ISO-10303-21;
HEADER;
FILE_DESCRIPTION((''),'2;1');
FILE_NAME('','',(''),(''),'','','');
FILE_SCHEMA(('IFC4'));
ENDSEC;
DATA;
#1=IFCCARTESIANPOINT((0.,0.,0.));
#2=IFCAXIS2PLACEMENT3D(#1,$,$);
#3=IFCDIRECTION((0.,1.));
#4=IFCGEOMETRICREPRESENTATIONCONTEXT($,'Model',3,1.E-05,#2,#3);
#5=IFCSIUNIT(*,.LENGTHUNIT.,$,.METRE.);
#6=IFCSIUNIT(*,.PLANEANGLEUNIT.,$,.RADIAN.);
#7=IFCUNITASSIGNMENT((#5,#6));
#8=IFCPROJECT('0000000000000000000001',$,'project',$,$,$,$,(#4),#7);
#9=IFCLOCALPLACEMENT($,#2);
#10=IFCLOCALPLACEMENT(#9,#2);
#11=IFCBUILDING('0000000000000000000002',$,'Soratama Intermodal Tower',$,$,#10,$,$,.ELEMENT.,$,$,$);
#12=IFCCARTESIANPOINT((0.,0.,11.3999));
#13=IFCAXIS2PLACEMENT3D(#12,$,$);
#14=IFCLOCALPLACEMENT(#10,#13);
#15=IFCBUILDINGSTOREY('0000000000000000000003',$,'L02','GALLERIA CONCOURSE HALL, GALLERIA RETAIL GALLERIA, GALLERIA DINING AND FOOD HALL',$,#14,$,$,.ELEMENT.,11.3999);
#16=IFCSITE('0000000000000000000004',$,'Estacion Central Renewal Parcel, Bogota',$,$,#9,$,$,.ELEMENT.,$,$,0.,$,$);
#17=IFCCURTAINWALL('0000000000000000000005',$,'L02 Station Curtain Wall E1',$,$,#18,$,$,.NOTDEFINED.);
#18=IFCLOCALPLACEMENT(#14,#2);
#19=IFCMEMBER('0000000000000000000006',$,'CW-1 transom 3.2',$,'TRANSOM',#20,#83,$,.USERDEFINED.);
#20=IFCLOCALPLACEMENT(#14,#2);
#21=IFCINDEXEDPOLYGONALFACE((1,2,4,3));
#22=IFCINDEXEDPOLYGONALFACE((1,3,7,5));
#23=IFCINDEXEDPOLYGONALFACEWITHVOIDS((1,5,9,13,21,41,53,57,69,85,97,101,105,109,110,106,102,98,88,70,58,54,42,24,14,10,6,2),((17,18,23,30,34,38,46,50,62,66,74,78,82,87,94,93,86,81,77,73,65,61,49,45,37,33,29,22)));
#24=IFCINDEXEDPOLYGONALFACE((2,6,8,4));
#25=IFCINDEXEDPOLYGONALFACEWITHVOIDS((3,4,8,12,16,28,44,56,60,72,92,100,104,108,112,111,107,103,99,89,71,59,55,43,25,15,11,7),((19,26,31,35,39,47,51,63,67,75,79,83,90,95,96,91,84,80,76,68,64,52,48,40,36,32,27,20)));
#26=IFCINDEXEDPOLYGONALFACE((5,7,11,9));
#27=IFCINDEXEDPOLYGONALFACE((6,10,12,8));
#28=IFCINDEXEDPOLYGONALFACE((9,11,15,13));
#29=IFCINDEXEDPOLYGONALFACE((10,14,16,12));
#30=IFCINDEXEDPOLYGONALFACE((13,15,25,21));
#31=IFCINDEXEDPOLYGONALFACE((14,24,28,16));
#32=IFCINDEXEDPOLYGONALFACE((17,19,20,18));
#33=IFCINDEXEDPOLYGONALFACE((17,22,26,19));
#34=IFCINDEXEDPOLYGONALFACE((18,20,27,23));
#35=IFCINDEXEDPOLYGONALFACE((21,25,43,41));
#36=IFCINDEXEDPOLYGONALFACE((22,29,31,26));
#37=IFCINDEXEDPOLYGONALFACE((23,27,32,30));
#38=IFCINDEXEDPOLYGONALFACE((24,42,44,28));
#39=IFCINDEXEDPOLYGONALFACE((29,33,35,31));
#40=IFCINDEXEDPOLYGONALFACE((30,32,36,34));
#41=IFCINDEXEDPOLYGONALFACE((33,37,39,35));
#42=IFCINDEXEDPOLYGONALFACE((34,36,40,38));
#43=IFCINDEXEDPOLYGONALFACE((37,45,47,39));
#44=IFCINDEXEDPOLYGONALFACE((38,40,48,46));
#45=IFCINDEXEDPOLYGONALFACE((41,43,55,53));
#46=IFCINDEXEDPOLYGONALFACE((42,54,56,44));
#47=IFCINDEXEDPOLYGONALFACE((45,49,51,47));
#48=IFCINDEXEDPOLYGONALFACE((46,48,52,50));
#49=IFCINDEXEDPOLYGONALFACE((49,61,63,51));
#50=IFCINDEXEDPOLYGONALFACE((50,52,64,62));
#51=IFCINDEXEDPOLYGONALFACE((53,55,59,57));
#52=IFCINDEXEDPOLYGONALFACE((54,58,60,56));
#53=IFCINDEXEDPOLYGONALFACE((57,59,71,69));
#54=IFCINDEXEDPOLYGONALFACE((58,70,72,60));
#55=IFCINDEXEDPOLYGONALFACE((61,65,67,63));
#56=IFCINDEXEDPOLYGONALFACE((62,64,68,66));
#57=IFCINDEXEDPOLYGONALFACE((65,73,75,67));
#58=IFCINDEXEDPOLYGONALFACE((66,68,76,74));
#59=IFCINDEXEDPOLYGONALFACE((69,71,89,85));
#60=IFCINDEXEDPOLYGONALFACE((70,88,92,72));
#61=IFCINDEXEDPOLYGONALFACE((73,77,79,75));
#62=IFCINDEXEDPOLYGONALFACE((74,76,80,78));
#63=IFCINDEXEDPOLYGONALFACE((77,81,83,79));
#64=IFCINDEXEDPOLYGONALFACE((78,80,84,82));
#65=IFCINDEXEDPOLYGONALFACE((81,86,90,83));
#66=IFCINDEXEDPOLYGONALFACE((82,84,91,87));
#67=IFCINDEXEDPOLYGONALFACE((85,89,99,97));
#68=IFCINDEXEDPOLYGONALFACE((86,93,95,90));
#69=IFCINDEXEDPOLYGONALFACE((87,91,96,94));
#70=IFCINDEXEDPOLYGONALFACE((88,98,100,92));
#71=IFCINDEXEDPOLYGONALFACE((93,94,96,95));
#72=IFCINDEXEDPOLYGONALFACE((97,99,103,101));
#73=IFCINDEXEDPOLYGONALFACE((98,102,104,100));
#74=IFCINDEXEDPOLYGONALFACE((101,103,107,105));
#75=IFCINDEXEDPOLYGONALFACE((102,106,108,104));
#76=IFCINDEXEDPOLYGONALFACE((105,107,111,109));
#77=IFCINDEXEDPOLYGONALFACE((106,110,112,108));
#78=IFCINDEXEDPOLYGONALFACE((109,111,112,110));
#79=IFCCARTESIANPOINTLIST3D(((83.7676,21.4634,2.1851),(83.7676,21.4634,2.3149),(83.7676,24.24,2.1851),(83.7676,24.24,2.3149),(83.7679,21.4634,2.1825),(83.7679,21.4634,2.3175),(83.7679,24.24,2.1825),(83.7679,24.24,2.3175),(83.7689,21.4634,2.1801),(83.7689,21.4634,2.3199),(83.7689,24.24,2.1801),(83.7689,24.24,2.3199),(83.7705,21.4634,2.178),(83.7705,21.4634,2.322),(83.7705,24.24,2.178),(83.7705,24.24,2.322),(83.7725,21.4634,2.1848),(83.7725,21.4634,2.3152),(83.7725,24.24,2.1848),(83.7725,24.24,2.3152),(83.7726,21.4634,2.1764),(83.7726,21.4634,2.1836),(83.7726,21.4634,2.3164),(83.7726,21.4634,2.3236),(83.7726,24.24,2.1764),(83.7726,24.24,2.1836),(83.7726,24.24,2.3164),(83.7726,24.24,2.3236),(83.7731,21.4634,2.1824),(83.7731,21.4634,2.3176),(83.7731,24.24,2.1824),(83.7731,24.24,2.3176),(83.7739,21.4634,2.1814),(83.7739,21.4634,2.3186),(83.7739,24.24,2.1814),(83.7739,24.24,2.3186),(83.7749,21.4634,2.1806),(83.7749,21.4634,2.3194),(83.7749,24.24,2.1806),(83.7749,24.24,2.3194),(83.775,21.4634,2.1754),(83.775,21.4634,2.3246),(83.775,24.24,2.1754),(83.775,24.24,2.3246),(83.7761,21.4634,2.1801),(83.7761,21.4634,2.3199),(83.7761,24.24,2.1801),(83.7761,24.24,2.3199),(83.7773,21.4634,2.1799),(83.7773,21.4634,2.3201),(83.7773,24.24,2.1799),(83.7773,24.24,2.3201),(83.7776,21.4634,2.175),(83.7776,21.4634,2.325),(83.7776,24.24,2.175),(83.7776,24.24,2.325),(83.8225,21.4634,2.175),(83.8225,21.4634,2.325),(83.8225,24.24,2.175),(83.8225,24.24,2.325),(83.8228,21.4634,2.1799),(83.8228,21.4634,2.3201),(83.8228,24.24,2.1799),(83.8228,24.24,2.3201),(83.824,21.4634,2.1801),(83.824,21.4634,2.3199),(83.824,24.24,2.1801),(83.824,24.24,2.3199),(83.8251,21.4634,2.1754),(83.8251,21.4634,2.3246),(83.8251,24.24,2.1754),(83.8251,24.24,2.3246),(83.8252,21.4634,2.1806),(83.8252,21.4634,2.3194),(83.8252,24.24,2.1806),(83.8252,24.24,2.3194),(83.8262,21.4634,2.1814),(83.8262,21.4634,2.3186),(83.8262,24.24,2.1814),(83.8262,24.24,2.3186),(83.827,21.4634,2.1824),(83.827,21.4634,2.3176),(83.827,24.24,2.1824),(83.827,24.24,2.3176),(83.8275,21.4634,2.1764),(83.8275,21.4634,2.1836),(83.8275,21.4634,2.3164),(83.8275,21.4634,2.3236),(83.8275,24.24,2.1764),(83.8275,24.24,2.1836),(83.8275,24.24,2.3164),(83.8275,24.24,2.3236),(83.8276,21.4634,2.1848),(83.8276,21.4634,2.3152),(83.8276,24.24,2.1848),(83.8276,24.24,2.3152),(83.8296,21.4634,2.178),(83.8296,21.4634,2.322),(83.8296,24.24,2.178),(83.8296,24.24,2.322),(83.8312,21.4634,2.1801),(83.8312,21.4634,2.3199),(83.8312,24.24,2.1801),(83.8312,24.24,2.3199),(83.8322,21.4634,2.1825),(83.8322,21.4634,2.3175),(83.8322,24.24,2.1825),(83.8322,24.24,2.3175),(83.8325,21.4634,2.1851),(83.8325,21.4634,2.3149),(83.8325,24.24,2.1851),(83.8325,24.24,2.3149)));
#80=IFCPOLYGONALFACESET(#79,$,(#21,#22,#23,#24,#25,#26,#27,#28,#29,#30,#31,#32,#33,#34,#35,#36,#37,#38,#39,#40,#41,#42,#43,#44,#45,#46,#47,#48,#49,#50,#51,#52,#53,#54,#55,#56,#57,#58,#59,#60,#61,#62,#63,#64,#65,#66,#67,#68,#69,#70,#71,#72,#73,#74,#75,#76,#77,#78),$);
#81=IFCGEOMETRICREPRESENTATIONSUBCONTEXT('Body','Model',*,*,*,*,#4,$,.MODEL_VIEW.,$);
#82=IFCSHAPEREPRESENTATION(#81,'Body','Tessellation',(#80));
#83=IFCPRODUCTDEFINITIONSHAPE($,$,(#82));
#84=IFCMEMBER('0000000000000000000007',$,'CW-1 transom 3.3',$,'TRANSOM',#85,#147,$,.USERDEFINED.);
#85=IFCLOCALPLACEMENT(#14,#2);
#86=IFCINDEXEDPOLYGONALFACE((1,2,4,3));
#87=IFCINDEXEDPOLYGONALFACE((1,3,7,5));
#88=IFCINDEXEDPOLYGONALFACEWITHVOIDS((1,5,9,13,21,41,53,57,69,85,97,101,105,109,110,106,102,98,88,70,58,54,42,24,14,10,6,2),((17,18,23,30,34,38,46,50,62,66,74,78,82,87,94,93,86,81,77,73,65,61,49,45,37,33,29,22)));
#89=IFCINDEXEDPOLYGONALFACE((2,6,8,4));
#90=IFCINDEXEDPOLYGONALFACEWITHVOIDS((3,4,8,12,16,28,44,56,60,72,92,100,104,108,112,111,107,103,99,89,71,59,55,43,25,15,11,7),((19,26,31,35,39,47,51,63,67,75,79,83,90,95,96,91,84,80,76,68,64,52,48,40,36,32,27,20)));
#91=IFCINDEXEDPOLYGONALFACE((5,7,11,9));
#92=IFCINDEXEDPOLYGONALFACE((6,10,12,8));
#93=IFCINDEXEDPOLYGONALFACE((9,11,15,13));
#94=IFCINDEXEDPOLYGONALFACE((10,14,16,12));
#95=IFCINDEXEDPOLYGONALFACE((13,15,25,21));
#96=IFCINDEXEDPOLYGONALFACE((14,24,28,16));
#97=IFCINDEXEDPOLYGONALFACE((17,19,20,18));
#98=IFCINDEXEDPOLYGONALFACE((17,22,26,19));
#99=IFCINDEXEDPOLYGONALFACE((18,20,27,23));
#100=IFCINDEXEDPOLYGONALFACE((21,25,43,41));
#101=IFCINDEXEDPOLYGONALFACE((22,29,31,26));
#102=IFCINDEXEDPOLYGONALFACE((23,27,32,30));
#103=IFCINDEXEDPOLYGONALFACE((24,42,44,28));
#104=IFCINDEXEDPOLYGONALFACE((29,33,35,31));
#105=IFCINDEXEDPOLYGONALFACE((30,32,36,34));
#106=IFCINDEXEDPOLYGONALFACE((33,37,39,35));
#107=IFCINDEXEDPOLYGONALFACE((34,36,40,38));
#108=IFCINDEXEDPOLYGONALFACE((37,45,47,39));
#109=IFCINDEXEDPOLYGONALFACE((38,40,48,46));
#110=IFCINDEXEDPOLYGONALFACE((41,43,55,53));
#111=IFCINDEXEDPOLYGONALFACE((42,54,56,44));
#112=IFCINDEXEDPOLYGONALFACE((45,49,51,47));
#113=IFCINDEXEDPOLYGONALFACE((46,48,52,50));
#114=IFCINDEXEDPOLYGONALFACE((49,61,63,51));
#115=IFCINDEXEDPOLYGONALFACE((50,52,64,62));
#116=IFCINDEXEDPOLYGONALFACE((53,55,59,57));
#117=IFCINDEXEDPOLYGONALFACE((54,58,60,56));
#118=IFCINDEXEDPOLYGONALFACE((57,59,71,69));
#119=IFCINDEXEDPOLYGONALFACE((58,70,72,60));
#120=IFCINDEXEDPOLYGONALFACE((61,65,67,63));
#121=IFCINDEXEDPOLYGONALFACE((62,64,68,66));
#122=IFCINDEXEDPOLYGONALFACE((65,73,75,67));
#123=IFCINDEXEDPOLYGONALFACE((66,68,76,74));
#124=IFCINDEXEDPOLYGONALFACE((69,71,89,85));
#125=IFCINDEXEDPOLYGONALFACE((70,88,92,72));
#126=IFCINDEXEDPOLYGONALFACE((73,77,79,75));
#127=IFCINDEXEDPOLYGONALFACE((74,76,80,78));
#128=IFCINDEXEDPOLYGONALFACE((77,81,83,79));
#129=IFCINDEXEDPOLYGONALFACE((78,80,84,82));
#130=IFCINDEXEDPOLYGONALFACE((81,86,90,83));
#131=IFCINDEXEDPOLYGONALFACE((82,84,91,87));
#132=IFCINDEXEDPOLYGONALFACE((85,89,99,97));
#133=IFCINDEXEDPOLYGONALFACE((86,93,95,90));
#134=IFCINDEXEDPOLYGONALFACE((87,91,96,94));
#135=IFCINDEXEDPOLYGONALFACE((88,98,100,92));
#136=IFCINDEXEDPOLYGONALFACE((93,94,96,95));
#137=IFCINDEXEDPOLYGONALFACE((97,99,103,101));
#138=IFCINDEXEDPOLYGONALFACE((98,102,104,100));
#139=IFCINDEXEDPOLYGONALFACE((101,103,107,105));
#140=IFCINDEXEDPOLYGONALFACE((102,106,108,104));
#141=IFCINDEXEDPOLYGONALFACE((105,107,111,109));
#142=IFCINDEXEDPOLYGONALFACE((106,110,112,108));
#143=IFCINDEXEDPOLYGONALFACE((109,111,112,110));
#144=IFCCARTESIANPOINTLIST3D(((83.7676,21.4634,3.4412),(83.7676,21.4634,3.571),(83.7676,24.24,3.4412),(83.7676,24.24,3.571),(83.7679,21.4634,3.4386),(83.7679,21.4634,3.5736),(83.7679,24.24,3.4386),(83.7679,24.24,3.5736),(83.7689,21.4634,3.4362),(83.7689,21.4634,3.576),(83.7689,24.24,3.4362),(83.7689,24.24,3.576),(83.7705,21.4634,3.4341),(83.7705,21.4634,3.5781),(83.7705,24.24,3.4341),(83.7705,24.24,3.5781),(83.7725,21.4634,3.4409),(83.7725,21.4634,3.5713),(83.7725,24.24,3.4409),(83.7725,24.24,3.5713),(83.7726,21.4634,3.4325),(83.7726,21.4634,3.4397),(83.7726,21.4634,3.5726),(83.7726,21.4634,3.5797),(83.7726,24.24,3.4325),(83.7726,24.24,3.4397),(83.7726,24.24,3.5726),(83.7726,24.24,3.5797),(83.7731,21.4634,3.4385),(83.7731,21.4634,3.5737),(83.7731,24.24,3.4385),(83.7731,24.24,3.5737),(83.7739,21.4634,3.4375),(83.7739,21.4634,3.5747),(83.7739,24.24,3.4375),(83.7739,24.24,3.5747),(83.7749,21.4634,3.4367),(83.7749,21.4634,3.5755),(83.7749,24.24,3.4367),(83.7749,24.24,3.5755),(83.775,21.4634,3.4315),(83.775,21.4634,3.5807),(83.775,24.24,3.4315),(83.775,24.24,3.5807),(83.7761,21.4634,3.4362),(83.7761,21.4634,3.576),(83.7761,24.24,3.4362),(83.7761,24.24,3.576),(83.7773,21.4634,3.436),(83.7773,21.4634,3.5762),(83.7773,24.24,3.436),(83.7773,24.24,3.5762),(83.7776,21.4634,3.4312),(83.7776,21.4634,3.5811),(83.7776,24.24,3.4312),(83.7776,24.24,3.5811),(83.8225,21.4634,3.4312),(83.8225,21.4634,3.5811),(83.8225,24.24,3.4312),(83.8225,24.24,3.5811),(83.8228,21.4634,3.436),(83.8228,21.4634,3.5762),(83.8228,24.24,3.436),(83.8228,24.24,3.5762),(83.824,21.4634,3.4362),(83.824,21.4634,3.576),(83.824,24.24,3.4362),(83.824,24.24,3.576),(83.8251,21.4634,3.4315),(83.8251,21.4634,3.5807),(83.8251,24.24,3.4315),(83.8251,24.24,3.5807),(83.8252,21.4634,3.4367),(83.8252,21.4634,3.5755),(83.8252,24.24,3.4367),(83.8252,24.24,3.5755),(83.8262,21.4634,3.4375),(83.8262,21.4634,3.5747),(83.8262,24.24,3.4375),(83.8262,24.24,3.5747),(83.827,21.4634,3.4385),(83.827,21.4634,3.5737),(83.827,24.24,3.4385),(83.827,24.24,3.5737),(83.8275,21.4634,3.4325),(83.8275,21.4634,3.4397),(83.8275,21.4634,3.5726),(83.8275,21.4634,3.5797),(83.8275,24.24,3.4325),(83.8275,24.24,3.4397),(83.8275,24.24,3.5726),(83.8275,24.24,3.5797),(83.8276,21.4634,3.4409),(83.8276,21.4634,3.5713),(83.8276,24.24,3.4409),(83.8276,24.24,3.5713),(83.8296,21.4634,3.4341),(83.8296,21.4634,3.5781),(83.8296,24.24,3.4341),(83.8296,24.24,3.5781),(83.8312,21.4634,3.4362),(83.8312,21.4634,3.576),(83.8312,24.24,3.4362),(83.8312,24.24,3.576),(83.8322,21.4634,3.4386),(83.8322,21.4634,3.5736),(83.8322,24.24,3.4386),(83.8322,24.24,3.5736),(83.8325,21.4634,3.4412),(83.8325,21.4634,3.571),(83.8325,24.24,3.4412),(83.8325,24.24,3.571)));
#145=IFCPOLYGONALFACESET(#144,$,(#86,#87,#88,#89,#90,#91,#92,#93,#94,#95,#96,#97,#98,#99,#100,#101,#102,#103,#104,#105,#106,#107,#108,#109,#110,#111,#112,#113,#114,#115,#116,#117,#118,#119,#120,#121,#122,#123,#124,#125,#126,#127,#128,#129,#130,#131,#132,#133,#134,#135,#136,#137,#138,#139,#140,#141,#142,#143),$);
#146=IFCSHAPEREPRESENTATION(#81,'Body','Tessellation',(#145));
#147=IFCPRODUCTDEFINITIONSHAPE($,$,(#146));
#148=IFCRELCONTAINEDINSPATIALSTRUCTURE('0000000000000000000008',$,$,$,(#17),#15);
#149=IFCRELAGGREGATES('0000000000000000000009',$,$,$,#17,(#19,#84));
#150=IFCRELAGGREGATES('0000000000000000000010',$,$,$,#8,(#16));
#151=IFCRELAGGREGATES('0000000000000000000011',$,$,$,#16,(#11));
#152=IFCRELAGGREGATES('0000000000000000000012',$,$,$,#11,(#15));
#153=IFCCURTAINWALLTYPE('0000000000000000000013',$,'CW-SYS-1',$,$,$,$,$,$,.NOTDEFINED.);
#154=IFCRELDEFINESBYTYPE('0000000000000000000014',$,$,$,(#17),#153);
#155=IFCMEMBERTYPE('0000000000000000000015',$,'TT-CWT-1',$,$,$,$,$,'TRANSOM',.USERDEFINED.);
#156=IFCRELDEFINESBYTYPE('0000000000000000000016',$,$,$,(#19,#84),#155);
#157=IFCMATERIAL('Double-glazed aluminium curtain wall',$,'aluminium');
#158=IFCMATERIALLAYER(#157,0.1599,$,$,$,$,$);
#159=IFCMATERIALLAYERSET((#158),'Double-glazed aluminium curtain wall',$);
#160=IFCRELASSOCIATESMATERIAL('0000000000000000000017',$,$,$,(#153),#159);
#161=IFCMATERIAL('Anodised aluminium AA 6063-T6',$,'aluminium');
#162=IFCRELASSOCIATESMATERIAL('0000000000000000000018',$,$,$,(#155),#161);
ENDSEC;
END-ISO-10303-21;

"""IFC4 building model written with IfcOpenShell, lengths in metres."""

from ifc_helpers import new_model, si_unit, direction, frame, origin, origin_2d, place, context, subcontext, project, spatial, hollow_rectangle, extrude, material, layer, layer_set, material_profile, profile_set, type_object, element, aggregate, save


model = new_model("IFC4")

# Units and contexts
model_context = context("Model", 3, precision=1e-05, world=origin(), true_north=direction((0.0, 1.0)))
body_context = subcontext(model_context, "Body", "Model", "MODEL_VIEW")
ifc_project = project(units=[si_unit("LENGTHUNIT", "METRE"), si_unit("PLANEANGLEUNIT", "RADIAN")], contexts=[model_context])

# Site, building, storey
site_placement = place(None, origin())
site = spatial("IfcSite", under=ifc_project, at=site_placement, Name="Estacion Central Renewal Parcel, Bogota", CompositionType="ELEMENT", RefElevation=0.0)
building_placement = place(site_placement, origin())
building = spatial("IfcBuilding", under=site, at=building_placement, Name="Soratama Intermodal Tower", CompositionType="ELEMENT")
storey_placement = place(building_placement, frame((0.0, 0.0, 11.3999)))
storey = spatial("IfcBuildingStorey", under=building, at=storey_placement, Name="L02", Description="GALLERIA CONCOURSE HALL, GALLERIA RETAIL GALLERIA, GALLERIA DINING AND FOOD HALL", CompositionType="ELEMENT", Elevation=11.3999)

# Curtain wall
ifc_material_1 = material(Name="Double-glazed aluminium curtain wall", Category="aluminium")
ifc_layer_1 = layer(ifc_material_1, 0.1599)
ifc_layer_set_1 = layer_set([ifc_layer_1], Name="Double-glazed aluminium curtain wall")
curtain_wall_type = type_object("IfcCurtainWallType", Name="CW-SYS-1", PredefinedType="NOTDEFINED", material=ifc_layer_set_1)
curtain_wall_1_placement = place(storey_placement, origin())
curtain_wall_1 = element("IfcCurtainWall", 1, at=curtain_wall_1_placement, inside=storey, type_object=curtain_wall_type, Name="L02 Station Curtain Wall E1", PredefinedType="NOTDEFINED")

# Members
ifc_material_2 = material(Name="Anodised aluminium AA 6063-T6", Category="aluminium")
ifc_material_profile_1 = material_profile(ifc_material_2, hollow_rectangle(XDim=0.0649, YDim=0.1499, WallThickness=0.0049, InnerFilletRadius=0.0049, OuterFilletRadius=0.01, at=origin_2d()), Name="CWT150X65X5")
ifc_profile_set_1 = profile_set([ifc_material_profile_1], Name="Anodised aluminium AA 6063-T6")
member_type_1 = type_object("IfcMemberType", Name="TT-CWT-1", ElementType="TRANSOM", PredefinedType="USERDEFINED", material=ifc_profile_set_1)
member_1_placement = place(storey_placement, frame((83.8, 21.4634, 2.25), z_axis=(0.0, 1.0, 0.0), x_axis=(-1.0, 0.0, 0.0)))
member_1 = element("IfcMember", 2, at=member_1_placement, type_object=member_type_1, Name="CW-1 transom 3.2", ObjectType="TRANSOM", PredefinedType="USERDEFINED", context=body_context, shape_type="SweptSolid", body=[
    extrude(hollow_rectangle(XDim=0.0649, YDim=0.1499, WallThickness=0.0049, InnerFilletRadius=0.0049, OuterFilletRadius=0.01, at=origin_2d()), origin(), (0.0, 0.0, 1.0), 2.7766),
])
member_2_placement = place(storey_placement, frame((83.8, 21.4634, 3.5061), z_axis=(0.0, 1.0, 0.0), x_axis=(-1.0, 0.0, 0.0)))
member_2 = element("IfcMember", 3, at=member_2_placement, type_object=member_type_1, Name="CW-1 transom 3.3", ObjectType="TRANSOM", PredefinedType="USERDEFINED", context=body_context, shape_type="SweptSolid", body=[
    extrude(hollow_rectangle(XDim=0.0649, YDim=0.1499, WallThickness=0.0049, InnerFilletRadius=0.0049, OuterFilletRadius=0.01, at=origin_2d()), origin(), (0.0, 0.0, 1.0), 2.7766),
])

aggregate(curtain_wall_1, [member_1, member_2])

save(model, "model.ifc")
